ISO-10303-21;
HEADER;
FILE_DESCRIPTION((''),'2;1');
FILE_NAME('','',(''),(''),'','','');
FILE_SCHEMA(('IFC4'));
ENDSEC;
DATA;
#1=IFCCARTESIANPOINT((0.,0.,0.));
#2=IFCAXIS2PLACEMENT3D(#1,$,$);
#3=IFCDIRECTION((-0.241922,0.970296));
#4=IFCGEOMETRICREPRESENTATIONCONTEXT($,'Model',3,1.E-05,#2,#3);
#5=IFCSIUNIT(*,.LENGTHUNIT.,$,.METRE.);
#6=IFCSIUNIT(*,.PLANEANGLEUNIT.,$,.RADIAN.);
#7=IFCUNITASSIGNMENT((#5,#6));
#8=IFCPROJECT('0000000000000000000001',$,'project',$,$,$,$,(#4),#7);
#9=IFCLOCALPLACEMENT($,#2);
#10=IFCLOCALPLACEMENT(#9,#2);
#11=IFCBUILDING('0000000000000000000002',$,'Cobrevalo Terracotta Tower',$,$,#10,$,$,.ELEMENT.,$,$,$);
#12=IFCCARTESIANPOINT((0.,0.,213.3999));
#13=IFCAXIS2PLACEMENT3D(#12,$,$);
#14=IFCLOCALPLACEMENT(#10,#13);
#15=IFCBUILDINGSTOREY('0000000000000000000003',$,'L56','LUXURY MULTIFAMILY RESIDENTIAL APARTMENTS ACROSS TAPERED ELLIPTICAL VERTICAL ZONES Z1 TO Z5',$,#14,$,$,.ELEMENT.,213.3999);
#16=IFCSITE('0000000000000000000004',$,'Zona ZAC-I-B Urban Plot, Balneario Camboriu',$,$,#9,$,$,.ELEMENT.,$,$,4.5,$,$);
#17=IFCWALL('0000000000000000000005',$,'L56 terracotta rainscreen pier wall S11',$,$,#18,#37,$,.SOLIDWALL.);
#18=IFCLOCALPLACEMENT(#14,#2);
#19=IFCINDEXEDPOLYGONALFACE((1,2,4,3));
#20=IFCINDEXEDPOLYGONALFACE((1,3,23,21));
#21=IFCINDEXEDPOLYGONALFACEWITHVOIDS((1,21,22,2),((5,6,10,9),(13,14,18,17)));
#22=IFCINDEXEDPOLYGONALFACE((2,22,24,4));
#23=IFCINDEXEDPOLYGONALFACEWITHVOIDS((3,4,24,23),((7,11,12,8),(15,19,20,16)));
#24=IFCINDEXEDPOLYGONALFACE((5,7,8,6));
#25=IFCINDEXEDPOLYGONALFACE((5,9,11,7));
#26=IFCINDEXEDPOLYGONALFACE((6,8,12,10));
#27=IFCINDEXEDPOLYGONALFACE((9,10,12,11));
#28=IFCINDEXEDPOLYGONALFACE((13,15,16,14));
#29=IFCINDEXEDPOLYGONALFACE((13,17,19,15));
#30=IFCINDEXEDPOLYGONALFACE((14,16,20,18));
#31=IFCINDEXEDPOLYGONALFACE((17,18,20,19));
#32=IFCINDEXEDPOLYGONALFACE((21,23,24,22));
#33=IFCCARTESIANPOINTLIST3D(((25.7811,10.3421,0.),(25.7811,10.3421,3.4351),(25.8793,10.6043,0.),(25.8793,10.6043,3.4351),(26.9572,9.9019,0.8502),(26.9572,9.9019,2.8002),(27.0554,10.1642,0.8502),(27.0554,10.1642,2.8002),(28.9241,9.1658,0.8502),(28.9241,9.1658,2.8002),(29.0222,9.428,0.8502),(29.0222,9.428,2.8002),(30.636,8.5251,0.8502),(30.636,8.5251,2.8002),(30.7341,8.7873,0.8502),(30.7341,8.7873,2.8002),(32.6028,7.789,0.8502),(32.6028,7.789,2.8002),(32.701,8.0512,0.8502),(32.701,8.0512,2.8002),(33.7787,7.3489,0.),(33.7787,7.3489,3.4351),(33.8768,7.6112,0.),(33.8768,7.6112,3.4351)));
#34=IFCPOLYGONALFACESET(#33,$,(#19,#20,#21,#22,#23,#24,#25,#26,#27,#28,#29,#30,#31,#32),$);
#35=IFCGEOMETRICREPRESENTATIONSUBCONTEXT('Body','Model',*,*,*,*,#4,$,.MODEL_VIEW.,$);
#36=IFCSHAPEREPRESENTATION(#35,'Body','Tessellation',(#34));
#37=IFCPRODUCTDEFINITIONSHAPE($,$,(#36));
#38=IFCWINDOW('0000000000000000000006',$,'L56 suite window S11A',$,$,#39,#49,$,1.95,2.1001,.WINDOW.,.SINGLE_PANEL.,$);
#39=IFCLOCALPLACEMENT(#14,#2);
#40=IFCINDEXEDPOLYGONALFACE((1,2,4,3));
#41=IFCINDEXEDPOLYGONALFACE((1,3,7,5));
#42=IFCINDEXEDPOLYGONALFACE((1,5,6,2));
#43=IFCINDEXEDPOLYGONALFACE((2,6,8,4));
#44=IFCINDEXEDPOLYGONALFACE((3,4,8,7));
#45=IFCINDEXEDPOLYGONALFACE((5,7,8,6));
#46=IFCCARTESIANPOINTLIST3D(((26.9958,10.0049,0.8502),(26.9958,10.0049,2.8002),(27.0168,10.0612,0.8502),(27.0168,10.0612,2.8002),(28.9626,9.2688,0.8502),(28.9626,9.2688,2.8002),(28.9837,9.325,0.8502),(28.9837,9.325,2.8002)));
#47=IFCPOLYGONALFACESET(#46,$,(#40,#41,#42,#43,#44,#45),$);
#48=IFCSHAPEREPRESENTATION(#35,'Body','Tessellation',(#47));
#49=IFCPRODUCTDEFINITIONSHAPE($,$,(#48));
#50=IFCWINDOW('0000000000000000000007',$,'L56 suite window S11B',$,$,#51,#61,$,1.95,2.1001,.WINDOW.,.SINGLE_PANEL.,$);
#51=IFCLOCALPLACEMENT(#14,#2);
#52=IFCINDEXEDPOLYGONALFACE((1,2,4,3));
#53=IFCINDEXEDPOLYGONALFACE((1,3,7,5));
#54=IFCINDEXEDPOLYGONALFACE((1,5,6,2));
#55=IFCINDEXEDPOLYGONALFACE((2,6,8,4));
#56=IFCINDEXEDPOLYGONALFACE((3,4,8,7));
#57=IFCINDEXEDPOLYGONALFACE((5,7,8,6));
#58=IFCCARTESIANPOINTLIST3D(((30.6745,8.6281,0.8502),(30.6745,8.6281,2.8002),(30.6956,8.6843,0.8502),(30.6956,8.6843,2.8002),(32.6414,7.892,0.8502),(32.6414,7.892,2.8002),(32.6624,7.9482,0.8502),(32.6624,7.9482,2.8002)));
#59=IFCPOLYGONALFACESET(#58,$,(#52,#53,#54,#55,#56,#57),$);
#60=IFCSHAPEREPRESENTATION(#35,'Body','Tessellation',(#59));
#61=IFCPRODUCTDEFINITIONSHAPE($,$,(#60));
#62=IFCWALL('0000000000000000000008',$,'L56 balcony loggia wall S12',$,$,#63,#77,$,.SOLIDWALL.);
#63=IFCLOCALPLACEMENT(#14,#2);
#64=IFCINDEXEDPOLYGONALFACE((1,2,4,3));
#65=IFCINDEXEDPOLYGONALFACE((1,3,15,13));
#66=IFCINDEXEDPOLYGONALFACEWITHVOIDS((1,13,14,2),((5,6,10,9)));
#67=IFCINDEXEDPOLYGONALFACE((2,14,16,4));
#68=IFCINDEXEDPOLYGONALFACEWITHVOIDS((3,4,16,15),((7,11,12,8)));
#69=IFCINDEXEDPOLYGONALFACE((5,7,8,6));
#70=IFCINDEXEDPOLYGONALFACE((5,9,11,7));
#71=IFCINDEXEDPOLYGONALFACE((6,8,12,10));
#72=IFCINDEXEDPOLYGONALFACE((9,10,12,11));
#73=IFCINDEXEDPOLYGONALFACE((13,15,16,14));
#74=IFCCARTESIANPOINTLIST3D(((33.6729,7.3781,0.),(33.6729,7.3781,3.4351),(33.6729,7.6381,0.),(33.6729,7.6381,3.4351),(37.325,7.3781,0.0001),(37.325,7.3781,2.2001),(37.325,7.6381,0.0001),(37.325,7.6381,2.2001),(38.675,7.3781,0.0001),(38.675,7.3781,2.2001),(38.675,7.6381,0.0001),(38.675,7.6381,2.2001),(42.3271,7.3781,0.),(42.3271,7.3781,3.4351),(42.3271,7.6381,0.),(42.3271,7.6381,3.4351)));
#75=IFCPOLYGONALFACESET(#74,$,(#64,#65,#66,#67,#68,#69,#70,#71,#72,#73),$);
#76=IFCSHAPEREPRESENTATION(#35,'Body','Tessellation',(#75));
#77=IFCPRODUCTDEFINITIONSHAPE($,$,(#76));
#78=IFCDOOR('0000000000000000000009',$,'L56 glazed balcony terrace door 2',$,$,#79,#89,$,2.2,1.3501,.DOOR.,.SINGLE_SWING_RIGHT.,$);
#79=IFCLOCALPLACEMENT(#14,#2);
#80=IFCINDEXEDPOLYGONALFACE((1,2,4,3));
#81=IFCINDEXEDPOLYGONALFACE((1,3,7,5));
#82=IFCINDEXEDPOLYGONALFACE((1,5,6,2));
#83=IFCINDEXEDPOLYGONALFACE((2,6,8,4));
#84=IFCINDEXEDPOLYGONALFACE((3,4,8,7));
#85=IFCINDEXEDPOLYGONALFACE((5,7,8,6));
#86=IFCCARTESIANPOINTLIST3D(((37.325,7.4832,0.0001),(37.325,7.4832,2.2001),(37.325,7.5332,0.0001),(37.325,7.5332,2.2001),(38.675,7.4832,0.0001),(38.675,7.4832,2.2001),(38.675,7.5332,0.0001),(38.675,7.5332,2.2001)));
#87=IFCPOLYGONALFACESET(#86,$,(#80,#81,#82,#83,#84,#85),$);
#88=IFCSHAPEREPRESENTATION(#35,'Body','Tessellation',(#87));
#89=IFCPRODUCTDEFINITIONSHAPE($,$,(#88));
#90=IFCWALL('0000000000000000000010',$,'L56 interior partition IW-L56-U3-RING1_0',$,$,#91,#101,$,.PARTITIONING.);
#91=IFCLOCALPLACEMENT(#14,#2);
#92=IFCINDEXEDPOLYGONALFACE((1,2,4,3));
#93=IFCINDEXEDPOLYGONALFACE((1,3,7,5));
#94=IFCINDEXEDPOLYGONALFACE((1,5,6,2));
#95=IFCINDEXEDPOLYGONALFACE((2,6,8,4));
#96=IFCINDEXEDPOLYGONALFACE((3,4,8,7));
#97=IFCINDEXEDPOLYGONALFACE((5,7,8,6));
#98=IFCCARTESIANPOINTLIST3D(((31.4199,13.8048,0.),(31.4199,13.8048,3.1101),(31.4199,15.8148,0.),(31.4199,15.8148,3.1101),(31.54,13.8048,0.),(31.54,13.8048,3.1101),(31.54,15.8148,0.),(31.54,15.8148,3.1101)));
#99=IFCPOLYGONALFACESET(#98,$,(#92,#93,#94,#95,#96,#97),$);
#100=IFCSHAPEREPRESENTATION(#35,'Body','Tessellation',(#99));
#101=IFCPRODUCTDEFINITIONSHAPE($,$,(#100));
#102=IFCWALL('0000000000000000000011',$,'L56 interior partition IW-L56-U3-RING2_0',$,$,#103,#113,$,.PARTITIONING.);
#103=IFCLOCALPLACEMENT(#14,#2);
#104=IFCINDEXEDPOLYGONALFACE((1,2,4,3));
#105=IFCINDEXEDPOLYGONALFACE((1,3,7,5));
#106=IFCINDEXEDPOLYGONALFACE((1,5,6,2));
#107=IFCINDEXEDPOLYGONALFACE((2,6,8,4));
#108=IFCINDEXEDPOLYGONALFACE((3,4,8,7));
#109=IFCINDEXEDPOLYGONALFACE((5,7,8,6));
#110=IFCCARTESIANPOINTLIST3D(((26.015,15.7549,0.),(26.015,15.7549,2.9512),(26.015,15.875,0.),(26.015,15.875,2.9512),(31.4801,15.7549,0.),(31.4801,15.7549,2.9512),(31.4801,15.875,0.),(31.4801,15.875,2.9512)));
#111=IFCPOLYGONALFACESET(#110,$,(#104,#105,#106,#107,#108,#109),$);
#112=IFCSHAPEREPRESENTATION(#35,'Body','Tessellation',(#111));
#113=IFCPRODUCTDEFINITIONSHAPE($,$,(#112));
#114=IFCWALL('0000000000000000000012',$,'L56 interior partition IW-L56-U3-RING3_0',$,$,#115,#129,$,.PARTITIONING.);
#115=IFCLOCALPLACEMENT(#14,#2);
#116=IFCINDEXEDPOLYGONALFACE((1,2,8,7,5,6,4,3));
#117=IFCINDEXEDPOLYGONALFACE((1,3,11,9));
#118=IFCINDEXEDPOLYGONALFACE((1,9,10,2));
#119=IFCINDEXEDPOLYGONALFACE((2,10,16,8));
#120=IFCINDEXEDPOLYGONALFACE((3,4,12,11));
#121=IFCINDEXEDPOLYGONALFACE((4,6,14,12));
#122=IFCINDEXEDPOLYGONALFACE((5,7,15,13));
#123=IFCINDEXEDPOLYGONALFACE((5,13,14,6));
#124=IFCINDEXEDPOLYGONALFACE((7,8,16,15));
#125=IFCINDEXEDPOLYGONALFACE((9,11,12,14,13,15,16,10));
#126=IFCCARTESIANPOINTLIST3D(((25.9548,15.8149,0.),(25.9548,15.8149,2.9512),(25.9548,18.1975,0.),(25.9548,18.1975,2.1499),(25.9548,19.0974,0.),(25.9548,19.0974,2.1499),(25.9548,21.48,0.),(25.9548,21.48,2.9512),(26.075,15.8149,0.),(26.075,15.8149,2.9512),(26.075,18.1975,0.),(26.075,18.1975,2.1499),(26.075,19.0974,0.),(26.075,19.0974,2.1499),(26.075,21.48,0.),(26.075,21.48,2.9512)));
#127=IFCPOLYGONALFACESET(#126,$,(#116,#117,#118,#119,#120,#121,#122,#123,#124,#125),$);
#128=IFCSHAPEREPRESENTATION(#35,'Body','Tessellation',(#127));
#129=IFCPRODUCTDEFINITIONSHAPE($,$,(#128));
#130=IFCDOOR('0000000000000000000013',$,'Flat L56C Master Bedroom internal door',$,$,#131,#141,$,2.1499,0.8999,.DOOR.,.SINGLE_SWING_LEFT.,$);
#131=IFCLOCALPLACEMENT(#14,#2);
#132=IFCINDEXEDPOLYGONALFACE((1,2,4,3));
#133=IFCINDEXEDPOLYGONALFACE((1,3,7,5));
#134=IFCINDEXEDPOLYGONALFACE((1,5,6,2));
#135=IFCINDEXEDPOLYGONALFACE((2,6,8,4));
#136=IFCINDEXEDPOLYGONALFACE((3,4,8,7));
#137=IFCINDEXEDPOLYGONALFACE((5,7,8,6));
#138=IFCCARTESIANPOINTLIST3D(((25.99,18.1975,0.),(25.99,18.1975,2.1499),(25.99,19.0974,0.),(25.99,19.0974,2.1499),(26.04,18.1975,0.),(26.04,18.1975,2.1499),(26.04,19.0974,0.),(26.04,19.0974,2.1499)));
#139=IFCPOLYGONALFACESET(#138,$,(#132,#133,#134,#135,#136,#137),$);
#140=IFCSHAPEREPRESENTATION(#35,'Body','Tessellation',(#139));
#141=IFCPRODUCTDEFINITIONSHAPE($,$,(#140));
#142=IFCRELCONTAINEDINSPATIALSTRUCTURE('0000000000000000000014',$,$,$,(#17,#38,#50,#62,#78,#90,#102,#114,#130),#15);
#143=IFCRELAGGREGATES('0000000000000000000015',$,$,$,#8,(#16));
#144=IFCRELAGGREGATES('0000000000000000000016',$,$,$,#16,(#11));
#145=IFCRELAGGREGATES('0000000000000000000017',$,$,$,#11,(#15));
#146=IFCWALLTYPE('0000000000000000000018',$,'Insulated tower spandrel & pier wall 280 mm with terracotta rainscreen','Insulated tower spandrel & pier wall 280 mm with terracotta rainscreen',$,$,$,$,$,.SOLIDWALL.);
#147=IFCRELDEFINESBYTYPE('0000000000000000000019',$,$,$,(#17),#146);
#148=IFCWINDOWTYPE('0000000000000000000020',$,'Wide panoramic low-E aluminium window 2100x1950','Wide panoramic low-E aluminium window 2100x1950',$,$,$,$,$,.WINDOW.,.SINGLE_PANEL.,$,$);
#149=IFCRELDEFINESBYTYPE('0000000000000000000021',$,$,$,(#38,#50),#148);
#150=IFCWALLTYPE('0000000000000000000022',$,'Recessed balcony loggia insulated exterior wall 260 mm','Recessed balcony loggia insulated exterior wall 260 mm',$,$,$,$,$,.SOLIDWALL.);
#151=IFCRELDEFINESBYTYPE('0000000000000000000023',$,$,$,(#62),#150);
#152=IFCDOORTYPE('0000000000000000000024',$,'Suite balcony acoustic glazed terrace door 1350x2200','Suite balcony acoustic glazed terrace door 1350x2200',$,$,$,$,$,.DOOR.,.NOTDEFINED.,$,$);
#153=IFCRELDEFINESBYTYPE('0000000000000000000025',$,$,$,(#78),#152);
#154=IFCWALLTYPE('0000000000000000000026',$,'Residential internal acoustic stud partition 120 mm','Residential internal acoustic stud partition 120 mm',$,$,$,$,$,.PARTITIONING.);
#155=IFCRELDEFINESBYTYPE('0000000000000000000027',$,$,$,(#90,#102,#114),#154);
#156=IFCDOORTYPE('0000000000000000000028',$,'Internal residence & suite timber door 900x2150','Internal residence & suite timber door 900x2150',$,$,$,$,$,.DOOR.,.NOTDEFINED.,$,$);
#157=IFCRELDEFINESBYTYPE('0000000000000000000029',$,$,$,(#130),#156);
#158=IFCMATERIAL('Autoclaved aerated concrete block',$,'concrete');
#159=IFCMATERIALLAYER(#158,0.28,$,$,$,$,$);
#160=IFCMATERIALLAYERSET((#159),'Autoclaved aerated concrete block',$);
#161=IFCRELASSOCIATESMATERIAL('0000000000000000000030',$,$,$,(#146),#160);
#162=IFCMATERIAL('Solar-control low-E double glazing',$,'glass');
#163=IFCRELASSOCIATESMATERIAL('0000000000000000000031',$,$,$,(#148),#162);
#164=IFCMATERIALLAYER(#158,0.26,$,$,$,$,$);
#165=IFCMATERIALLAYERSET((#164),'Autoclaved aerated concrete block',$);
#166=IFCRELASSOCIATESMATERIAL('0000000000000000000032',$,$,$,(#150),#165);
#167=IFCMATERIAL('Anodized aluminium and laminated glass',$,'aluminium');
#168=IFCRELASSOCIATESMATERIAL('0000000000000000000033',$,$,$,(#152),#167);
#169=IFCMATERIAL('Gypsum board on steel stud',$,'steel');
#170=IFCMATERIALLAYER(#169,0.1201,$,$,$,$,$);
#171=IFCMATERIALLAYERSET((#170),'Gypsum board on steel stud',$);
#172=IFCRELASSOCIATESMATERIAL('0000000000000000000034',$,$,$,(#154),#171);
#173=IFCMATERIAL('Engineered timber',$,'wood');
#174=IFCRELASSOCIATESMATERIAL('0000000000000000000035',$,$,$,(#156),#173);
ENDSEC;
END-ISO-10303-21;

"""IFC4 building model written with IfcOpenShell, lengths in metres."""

from ifc_helpers import new_model, si_unit, direction, frame, frame_2d, origin, place, context, subcontext, project, spatial, rectangle, extrude, source, transform, mapped, material, layer, layer_set, type_object, element, fill, save


model = new_model("IFC4")

# Units and contexts
model_context = context("Model", 3, precision=1e-05, world=origin(), true_north=direction((-0.241922, 0.970296)))
body_context = subcontext(model_context, "Body", "Model", "MODEL_VIEW")
ifc_project = project(units=[si_unit("LENGTHUNIT", "METRE"), si_unit("PLANEANGLEUNIT", "RADIAN")], contexts=[model_context])

# Site, building, storey
site_placement = place(None, origin())
site = spatial("IfcSite", under=ifc_project, at=site_placement, Name="Zona ZAC-I-B Urban Plot, Balneario Camboriu", CompositionType="ELEMENT", RefElevation=4.5)
building_placement = place(site_placement, origin())
building = spatial("IfcBuilding", under=site, at=building_placement, Name="Cobrevalo Terracotta Tower", CompositionType="ELEMENT")
storey_placement = place(building_placement, frame((0.0, 0.0, 213.3999)))
storey = spatial("IfcBuildingStorey", under=building, at=storey_placement, Name="L56", Description="LUXURY MULTIFAMILY RESIDENTIAL APARTMENTS ACROSS TAPERED ELLIPTICAL VERTICAL ZONES Z1 TO Z5", CompositionType="ELEMENT", Elevation=213.3999)

# Shared definitions
ifc_material_1 = material(Name="Solar-control low-E double glazing", Category="glass")

# Wall, openings, windows
ifc_material_2 = material(Name="Autoclaved aerated concrete block", Category="concrete")
ifc_layer_1 = layer(ifc_material_2, 0.28)
ifc_layer_set_1 = layer_set([ifc_layer_1], Name="Autoclaved aerated concrete block")
wall_type_1 = type_object("IfcWallType", Name="Insulated tower spandrel & pier wall 280 mm with terracotta rainscreen", Description="Insulated tower spandrel & pier wall 280 mm with terracotta rainscreen", PredefinedType="SOLIDWALL", material=ifc_layer_set_1)
wall_1_placement = place(storey_placement, frame((25.8303, 10.4731, 0.0), z_axis=(0.0, 0.0, 1.0), x_axis=(0.936557, -0.350516, 0.0)))
wall_1 = element("IfcWall", 1, at=wall_1_placement, inside=storey, type_object=wall_type_1, Name="L56 terracotta rainscreen pier wall S11", PredefinedType="SOLIDWALL", context=body_context, shape_type="SweptSolid", body=[
    extrude(rectangle(XDim=8.5393, YDim=0.28, at=frame_2d((4.2695, 0.0))), origin(), (0.0, 0.0, 1.0), 3.4351),
])
opening_1_placement = place(wall_1_placement, frame((1.2556, 0.0, 0.8501)))
opening_1 = element("IfcOpeningElement", 2, at=opening_1_placement, cuts=wall_1, PredefinedType="OPENING", context=body_context, shape_type="SweptSolid", body=[
    extrude(rectangle(XDim=2.1001, YDim=1.95, at=frame_2d((1.05, 0.9751))), frame((0.0, 0.1499, 0.0), z_axis=(0.0, -1.0, 0.0), x_axis=(1.0, 0.0, 0.0)), (0.0, 0.0, 1.0), 0.3),
])
opening_2_placement = place(wall_1_placement, frame((5.1836, 0.0, 0.8501)))
opening_2 = element("IfcOpeningElement", 3, at=opening_2_placement, cuts=wall_1, PredefinedType="OPENING", context=body_context, shape_type="SweptSolid", body=[
    extrude(rectangle(XDim=2.1001, YDim=1.95, at=frame_2d((1.05, 0.9751))), frame((0.0, 0.1499, 0.0), z_axis=(0.0, -1.0, 0.0), x_axis=(1.0, 0.0, 0.0)), (0.0, 0.0, 1.0), 0.3),
])
window_type = type_object("IfcWindowType", Name="Wide panoramic low-E aluminium window 2100x1950", Description="Wide panoramic low-E aluminium window 2100x1950", PartitioningType="SINGLE_PANEL", PredefinedType="WINDOW", material=ifc_material_1)
shared_shape_1 = source(origin(), body_context, "Body", "SweptSolid", [
    extrude(rectangle(XDim=2.1001, YDim=1.95, at=frame_2d((1.05, 0.9751))), frame((0.0, 0.03, 0.0), z_axis=(0.0, -1.0, 0.0), x_axis=(1.0, 0.0, 0.0)), (0.0, 0.0, 1.0), 0.0601),
])
window_1_placement = place(opening_1_placement, origin())
window_1 = element("IfcWindow", 4, at=window_1_placement, inside=storey, type_object=window_type, Name="L56 suite window S11A", OverallHeight=1.95, OverallWidth=2.1001, PartitioningType="SINGLE_PANEL", PredefinedType="WINDOW", context=body_context, shape_type="MappedRepresentation", body=[
    mapped(shared_shape_1, transform((0.0, 0.0, 0.0), scale=1.0)),
])
fill(opening_1, window_1)
window_2_placement = place(opening_2_placement, origin())
window_2 = element("IfcWindow", 5, at=window_2_placement, inside=storey, type_object=window_type, Name="L56 suite window S11B", OverallHeight=1.95, OverallWidth=2.1001, PartitioningType="SINGLE_PANEL", PredefinedType="WINDOW", context=body_context, shape_type="MappedRepresentation", body=[
    mapped(shared_shape_1, transform((0.0, 0.0, 0.0), scale=1.0)),
])
fill(opening_2, window_2)

# Wall, opening, door
ifc_layer_2 = layer(ifc_material_2, 0.26)
ifc_layer_set_2 = layer_set([ifc_layer_2], Name="Autoclaved aerated concrete block")
wall_type_2 = type_object("IfcWallType", Name="Recessed balcony loggia insulated exterior wall 260 mm", Description="Recessed balcony loggia insulated exterior wall 260 mm", PredefinedType="SOLIDWALL", material=ifc_layer_set_2)
wall_2_placement = place(storey_placement, frame((33.6729, 7.5081, 0.0), z_axis=(0.0, 0.0, 1.0), x_axis=(1.0, 0.0, 0.0)))
wall_2 = element("IfcWall", 6, at=wall_2_placement, inside=storey, type_object=wall_type_2, Name="L56 balcony loggia wall S12", PredefinedType="SOLIDWALL", context=body_context, shape_type="SweptSolid", body=[
    extrude(rectangle(XDim=8.6543, YDim=0.26, at=frame_2d((4.3271, 0.0))), origin(), (0.0, 0.0, 1.0), 3.4351),
])
opening_3_placement = place(wall_2_placement, frame((3.6521, 0.0, 0.0)))
opening_3 = element("IfcOpeningElement", 7, at=opening_3_placement, cuts=wall_2, PredefinedType="OPENING", context=body_context, shape_type="SweptSolid", body=[
    extrude(rectangle(XDim=1.3501, YDim=2.2, at=frame_2d((0.675, 1.1001))), frame((0.0, 0.1401, 0.0), z_axis=(0.0, -1.0, 0.0), x_axis=(1.0, 0.0, 0.0)), (0.0, 0.0, 1.0), 0.28),
])
ifc_material_3 = material(Name="Anodized aluminium and laminated glass", Category="aluminium")
door_type_1 = type_object("IfcDoorType", Name="Suite balcony acoustic glazed terrace door 1350x2200", Description="Suite balcony acoustic glazed terrace door 1350x2200", OperationType="NOTDEFINED", PredefinedType="DOOR", material=ifc_material_3)
shared_shape_2 = source(origin(), body_context, "Body", "SweptSolid", [
    extrude(rectangle(XDim=1.3501, YDim=2.2, at=frame_2d((0.675, 1.1001))), frame((0.0, 0.0249, 0.0), z_axis=(0.0, -1.0, 0.0), x_axis=(1.0, 0.0, 0.0)), (0.0, 0.0, 1.0), 0.05),
])
door_1_placement = place(opening_3_placement, frame((1.3501, 0.0, 0.0), z_axis=(0.0, 0.0, 1.0), x_axis=(-1.0, 0.0, 0.0)))
door_1 = element("IfcDoor", 8, at=door_1_placement, inside=storey, type_object=door_type_1, Name="L56 glazed balcony terrace door 2", OperationType="SINGLE_SWING_RIGHT", OverallHeight=2.2, OverallWidth=1.3501, PredefinedType="DOOR", context=body_context, shape_type="MappedRepresentation", body=[
    mapped(shared_shape_2, transform((0.0, 0.0, 0.0), scale=1.0)),
])
fill(opening_3, door_1)

# Walls
ifc_material_4 = material(Name="Gypsum board on steel stud", Category="steel")
ifc_layer_3 = layer(ifc_material_4, 0.1201)
ifc_layer_set_3 = layer_set([ifc_layer_3], Name="Gypsum board on steel stud")
wall_type_3 = type_object("IfcWallType", Name="Residential internal acoustic stud partition 120 mm", Description="Residential internal acoustic stud partition 120 mm", PredefinedType="PARTITIONING", material=ifc_layer_set_3)
wall_3_placement = place(storey_placement, frame((31.48, 13.8049, 0.0), z_axis=(0.0, 0.0, 1.0), x_axis=(0.0, 1.0, 0.0)))
element("IfcWall", 9, at=wall_3_placement, inside=storey, type_object=wall_type_3, Name="L56 interior partition IW-L56-U3-RING1_0", PredefinedType="PARTITIONING", context=body_context, shape_type="SweptSolid", body=[
    extrude(rectangle(XDim=2.01, YDim=0.1201, at=frame_2d((1.0049, 0.0))), origin(), (0.0, 0.0, 1.0), 3.1101),
])
wall_4_placement = place(storey_placement, frame((31.48, 15.8149, 0.0), z_axis=(0.0, 0.0, 1.0), x_axis=(-1.0, 0.0, 0.0)))
element("IfcWall", 10, at=wall_4_placement, inside=storey, type_object=wall_type_3, Name="L56 interior partition IW-L56-U3-RING2_0", PredefinedType="PARTITIONING", context=body_context, shape_type="SweptSolid", body=[
    extrude(rectangle(XDim=5.4651, YDim=0.1201, at=frame_2d((2.7324, 0.0))), origin(), (0.0, 0.0, 1.0), 2.9512),
])

# Wall, opening, door
wall_5_placement = place(storey_placement, frame((26.0149, 15.8149, 0.0), z_axis=(0.0, 0.0, 1.0), x_axis=(0.0, 1.0, 0.0)))
wall_5 = element("IfcWall", 11, at=wall_5_placement, inside=storey, type_object=wall_type_3, Name="L56 interior partition IW-L56-U3-RING3_0", PredefinedType="PARTITIONING", context=body_context, shape_type="SweptSolid", body=[
    extrude(rectangle(XDim=5.665, YDim=0.1201, at=frame_2d((2.8325, 0.0))), origin(), (0.0, 0.0, 1.0), 2.9512),
])
opening_4_placement = place(wall_5_placement, frame((2.3826, 0.0, 0.0)))
opening_4 = element("IfcOpeningElement", 12, at=opening_4_placement, cuts=wall_5, PredefinedType="OPENING", context=body_context, shape_type="SweptSolid", body=[
    extrude(rectangle(XDim=0.8999, YDim=2.1499, at=frame_2d((0.45, 1.075))), frame((0.0, 0.0701, 0.0), z_axis=(0.0, -1.0, 0.0), x_axis=(1.0, 0.0, 0.0)), (0.0, 0.0, 1.0), 0.1401),
])
ifc_material_5 = material(Name="Engineered timber", Category="wood")
door_type_2 = type_object("IfcDoorType", Name="Internal residence & suite timber door 900x2150", Description="Internal residence & suite timber door 900x2150", OperationType="NOTDEFINED", PredefinedType="DOOR", material=ifc_material_5)
shared_shape_3 = source(origin(), body_context, "Body", "SweptSolid", [
    extrude(rectangle(XDim=0.8999, YDim=2.1499, at=frame_2d((0.45, 1.075))), frame((0.0, 0.0249, 0.0), z_axis=(0.0, -1.0, 0.0), x_axis=(1.0, 0.0, 0.0)), (0.0, 0.0, 1.0), 0.05),
])
door_2_placement = place(opening_4_placement, origin())
door_2 = element("IfcDoor", 13, at=door_2_placement, inside=storey, type_object=door_type_2, Name="Flat L56C Master Bedroom internal door", OperationType="SINGLE_SWING_LEFT", OverallHeight=2.1499, OverallWidth=0.8999, PredefinedType="DOOR", context=body_context, shape_type="MappedRepresentation", body=[
    mapped(shared_shape_3, transform((0.0, 0.0, 0.0), scale=1.0)),
])
fill(opening_4, door_2)

save(model, "model.ifc")
